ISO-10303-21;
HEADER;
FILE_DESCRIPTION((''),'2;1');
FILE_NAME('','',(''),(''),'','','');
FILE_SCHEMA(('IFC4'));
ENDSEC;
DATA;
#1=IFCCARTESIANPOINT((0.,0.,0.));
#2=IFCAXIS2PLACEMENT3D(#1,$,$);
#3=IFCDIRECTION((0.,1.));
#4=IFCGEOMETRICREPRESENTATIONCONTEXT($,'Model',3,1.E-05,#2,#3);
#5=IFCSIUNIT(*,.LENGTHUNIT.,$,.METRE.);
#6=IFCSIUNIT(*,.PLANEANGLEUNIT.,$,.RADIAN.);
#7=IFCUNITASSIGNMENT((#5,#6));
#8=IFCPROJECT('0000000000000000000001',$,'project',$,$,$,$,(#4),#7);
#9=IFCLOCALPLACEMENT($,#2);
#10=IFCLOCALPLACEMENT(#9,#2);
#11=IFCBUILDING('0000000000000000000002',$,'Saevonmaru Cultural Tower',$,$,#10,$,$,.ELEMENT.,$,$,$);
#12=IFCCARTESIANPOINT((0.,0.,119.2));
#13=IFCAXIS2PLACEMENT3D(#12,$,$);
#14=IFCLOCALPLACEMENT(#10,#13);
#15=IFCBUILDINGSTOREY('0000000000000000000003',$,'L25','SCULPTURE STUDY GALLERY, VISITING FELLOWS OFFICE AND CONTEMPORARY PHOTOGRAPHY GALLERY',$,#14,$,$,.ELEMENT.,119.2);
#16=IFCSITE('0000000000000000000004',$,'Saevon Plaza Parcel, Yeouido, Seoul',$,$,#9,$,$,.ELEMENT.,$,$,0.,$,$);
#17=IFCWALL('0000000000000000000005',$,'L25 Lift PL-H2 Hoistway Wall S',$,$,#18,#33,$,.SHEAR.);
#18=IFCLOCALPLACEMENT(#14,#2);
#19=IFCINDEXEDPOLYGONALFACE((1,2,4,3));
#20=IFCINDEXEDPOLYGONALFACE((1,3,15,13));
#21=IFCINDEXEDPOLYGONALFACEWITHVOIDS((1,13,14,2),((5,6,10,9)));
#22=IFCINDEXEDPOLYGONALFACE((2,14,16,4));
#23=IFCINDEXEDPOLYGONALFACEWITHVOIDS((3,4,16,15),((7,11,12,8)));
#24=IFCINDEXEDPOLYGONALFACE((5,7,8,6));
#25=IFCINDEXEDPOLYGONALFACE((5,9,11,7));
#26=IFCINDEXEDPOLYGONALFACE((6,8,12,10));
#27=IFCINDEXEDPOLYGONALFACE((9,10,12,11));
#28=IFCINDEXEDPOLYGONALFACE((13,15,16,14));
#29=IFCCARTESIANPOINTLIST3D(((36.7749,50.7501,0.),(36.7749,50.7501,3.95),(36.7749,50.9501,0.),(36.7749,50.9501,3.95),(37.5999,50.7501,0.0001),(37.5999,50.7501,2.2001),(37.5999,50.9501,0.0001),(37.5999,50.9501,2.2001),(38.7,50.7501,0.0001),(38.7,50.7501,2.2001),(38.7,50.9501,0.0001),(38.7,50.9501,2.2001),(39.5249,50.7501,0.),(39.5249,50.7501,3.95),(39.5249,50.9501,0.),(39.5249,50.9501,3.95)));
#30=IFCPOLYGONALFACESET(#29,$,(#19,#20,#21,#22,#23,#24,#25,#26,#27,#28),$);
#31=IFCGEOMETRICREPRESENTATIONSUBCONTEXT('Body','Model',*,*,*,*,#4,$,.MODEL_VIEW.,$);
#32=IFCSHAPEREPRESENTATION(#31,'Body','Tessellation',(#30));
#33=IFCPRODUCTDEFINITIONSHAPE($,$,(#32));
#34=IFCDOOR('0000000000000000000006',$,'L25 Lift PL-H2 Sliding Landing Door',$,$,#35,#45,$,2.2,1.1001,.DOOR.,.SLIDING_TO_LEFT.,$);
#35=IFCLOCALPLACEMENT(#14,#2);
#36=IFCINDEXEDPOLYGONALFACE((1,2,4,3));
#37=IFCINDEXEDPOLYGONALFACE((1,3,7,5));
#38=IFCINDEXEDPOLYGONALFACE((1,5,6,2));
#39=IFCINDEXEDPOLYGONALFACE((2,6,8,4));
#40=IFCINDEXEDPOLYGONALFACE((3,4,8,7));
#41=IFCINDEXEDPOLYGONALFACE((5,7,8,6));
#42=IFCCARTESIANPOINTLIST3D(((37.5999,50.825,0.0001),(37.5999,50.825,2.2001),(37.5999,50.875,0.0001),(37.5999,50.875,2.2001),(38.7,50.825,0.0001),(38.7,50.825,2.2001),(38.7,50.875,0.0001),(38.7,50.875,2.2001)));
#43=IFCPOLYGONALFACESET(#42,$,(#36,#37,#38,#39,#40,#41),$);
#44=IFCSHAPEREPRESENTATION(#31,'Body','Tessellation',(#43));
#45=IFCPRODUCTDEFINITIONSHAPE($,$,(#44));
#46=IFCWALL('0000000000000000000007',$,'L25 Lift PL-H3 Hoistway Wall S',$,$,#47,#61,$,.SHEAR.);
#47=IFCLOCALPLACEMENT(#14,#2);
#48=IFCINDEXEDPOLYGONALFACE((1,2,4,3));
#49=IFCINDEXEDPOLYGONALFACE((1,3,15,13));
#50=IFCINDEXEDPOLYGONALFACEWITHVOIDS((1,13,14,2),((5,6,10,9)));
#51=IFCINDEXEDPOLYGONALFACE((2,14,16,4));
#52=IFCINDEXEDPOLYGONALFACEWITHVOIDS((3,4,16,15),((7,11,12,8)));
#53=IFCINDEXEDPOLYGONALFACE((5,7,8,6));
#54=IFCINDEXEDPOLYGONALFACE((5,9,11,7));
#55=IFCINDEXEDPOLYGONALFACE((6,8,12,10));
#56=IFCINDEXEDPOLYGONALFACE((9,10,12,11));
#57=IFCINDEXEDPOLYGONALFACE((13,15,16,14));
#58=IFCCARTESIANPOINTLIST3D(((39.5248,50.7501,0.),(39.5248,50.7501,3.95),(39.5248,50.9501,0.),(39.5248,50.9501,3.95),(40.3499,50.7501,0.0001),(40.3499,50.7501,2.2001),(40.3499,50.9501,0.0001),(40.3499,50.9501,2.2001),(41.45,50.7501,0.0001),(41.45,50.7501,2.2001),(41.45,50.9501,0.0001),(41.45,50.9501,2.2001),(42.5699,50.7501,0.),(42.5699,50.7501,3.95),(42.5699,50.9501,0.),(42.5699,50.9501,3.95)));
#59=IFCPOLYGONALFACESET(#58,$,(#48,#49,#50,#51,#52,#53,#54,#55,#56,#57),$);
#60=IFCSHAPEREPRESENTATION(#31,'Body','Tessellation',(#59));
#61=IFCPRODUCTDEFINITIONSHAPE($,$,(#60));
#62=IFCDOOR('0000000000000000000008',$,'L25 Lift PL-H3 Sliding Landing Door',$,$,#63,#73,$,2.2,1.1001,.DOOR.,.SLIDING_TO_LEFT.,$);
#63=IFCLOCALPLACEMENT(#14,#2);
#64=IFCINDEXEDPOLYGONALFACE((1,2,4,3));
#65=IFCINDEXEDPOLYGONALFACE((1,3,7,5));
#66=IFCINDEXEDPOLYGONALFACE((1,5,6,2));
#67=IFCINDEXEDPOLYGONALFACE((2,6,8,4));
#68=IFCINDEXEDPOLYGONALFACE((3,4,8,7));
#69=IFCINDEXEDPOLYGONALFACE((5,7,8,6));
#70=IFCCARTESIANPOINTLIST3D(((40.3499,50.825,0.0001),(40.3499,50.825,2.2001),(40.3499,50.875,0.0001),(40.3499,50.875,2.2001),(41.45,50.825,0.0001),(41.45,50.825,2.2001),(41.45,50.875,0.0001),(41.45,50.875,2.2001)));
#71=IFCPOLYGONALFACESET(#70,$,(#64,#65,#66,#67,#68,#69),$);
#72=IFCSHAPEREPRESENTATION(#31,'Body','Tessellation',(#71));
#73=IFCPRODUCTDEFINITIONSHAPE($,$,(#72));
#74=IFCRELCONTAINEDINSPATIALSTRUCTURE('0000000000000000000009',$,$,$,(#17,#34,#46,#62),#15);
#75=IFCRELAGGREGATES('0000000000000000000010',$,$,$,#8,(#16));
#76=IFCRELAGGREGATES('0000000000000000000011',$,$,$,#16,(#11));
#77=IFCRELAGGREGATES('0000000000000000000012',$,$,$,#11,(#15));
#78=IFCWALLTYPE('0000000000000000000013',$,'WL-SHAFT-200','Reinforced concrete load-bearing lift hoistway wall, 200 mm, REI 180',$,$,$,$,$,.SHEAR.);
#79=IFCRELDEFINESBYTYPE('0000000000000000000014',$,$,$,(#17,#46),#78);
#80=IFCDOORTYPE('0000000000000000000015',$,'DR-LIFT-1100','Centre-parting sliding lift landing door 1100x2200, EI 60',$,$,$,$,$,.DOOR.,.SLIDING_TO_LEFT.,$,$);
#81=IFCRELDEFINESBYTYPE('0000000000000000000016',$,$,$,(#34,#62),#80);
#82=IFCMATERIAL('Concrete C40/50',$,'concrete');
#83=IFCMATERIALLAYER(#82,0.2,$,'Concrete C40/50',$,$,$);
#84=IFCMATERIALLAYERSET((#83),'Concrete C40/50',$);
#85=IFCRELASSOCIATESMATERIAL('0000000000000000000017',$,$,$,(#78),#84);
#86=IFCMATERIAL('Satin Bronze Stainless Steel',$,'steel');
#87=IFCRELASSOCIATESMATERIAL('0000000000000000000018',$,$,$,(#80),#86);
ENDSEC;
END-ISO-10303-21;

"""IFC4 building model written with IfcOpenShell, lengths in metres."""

from ifc_helpers import new_model, si_unit, direction, frame, frame_2d, origin, place, context, subcontext, project, spatial, rectangle, extrude, material, layer, layer_set, type_object, element, fill, save


model = new_model("IFC4")

# Units and contexts
model_context = context("Model", 3, precision=1e-05, world=origin(), true_north=direction((0.0, 1.0)))
body_context = subcontext(model_context, "Body", "Model", "MODEL_VIEW")
ifc_project = project(units=[si_unit("LENGTHUNIT", "METRE"), si_unit("PLANEANGLEUNIT", "RADIAN")], contexts=[model_context])

# Site, building, storey
site_placement = place(None, origin())
site = spatial("IfcSite", under=ifc_project, at=site_placement, Name="Saevon Plaza Parcel, Yeouido, Seoul", CompositionType="ELEMENT", RefElevation=0.0)
building_placement = place(site_placement, origin())
building = spatial("IfcBuilding", under=site, at=building_placement, Name="Saevonmaru Cultural Tower", CompositionType="ELEMENT")
storey_placement = place(building_placement, frame((0.0, 0.0, 119.2)))
storey = spatial("IfcBuildingStorey", under=building, at=storey_placement, Name="L25", Description="SCULPTURE STUDY GALLERY, VISITING FELLOWS OFFICE AND CONTEMPORARY PHOTOGRAPHY GALLERY", CompositionType="ELEMENT", Elevation=119.2)

# Shared definitions
ifc_material_1 = material(Name="Concrete C40/50", Category="concrete")
ifc_layer_1 = layer(ifc_material_1, 0.2, Name="Concrete C40/50")
ifc_layer_set_1 = layer_set([ifc_layer_1], Name="Concrete C40/50")
wall_type_1 = type_object("IfcWallType", Name="WL-SHAFT-200", Description="Reinforced concrete load-bearing lift hoistway wall, 200 mm, REI 180", PredefinedType="SHEAR", material=ifc_layer_set_1)

# Walls, openings, doors
ifc_material_2 = material(Name="Satin Bronze Stainless Steel", Category="steel")
door_type_1 = type_object("IfcDoorType", Name="DR-LIFT-1100", Description="Centre-parting sliding lift landing door 1100x2200, EI 60", OperationType="SLIDING_TO_LEFT", PredefinedType="DOOR", material=ifc_material_2)
wall_1_placement = place(storey_placement, frame((36.7749, 50.8501, 0.0), z_axis=(0.0, 0.0, 1.0), x_axis=(1.0, 0.0, 0.0)))
wall_1 = element("IfcWall", 1, at=wall_1_placement, inside=storey, type_object=wall_type_1, Name="L25 Lift PL-H2 Hoistway Wall S", PredefinedType="SHEAR", context=body_context, shape_type="SweptSolid", body=[
    extrude(rectangle(XDim=2.75, YDim=0.2, at=frame_2d((1.375, 0.0))), origin(), (0.0, 0.0, 1.0), 3.95),
])
opening_1_placement = place(wall_1_placement, frame((0.825, 0.0, 0.0)))
opening_1 = element("IfcOpeningElement", 2, at=opening_1_placement, cuts=wall_1, PredefinedType="OPENING", context=body_context, shape_type="SweptSolid", body=[
    extrude(rectangle(XDim=1.1001, YDim=2.2, at=frame_2d((0.55, 1.1001))), frame((0.0, 0.1099, 0.0), z_axis=(0.0, -1.0, 0.0), x_axis=(1.0, 0.0, 0.0)), (0.0, 0.0, 1.0), 0.22),
])
door_1_placement = place(opening_1_placement, origin())
door_1 = element("IfcDoor", 3, at=door_1_placement, inside=storey, type_object=door_type_1, Name="L25 Lift PL-H2 Sliding Landing Door", OperationType="SLIDING_TO_LEFT", OverallHeight=2.2, OverallWidth=1.1001, PredefinedType="DOOR", context=body_context, shape_type="SweptSolid", body=[
    extrude(rectangle(XDim=1.1001, YDim=2.2, at=frame_2d((0.55, 1.1001))), frame((0.0, 0.0249, 0.0), z_axis=(0.0, -1.0, 0.0), x_axis=(1.0, 0.0, 0.0)), (0.0, 0.0, 1.0), 0.05),
])
fill(opening_1, door_1)
wall_2_placement = place(storey_placement, frame((39.5249, 50.8501, 0.0), z_axis=(0.0, 0.0, 1.0), x_axis=(1.0, 0.0, 0.0)))
wall_2 = element("IfcWall", 4, at=wall_2_placement, inside=storey, type_object=wall_type_1, Name="L25 Lift PL-H3 Hoistway Wall S", PredefinedType="SHEAR", context=body_context, shape_type="SweptSolid", body=[
    extrude(rectangle(XDim=3.0452, YDim=0.2, at=frame_2d((1.5225, 0.0))), origin(), (0.0, 0.0, 1.0), 3.95),
])
opening_2_placement = place(wall_2_placement, frame((0.825, 0.0, 0.0)))
opening_2 = element("IfcOpeningElement", 5, at=opening_2_placement, cuts=wall_2, PredefinedType="OPENING", context=body_context, shape_type="SweptSolid", body=[
    extrude(rectangle(XDim=1.1001, YDim=2.2, at=frame_2d((0.55, 1.1001))), frame((0.0, 0.1099, 0.0), z_axis=(0.0, -1.0, 0.0), x_axis=(1.0, 0.0, 0.0)), (0.0, 0.0, 1.0), 0.22),
])
door_2_placement = place(opening_2_placement, origin())
door_2 = element("IfcDoor", 6, at=door_2_placement, inside=storey, type_object=door_type_1, Name="L25 Lift PL-H3 Sliding Landing Door", OperationType="SLIDING_TO_LEFT", OverallHeight=2.2, OverallWidth=1.1001, PredefinedType="DOOR", context=body_context, shape_type="SweptSolid", body=[
    extrude(rectangle(XDim=1.1001, YDim=2.2, at=frame_2d((0.55, 1.1001))), frame((0.0, 0.0249, 0.0), z_axis=(0.0, -1.0, 0.0), x_axis=(1.0, 0.0, 0.0)), (0.0, 0.0, 1.0), 0.05),
])
fill(opening_2, door_2)

save(model, "model.ifc")
